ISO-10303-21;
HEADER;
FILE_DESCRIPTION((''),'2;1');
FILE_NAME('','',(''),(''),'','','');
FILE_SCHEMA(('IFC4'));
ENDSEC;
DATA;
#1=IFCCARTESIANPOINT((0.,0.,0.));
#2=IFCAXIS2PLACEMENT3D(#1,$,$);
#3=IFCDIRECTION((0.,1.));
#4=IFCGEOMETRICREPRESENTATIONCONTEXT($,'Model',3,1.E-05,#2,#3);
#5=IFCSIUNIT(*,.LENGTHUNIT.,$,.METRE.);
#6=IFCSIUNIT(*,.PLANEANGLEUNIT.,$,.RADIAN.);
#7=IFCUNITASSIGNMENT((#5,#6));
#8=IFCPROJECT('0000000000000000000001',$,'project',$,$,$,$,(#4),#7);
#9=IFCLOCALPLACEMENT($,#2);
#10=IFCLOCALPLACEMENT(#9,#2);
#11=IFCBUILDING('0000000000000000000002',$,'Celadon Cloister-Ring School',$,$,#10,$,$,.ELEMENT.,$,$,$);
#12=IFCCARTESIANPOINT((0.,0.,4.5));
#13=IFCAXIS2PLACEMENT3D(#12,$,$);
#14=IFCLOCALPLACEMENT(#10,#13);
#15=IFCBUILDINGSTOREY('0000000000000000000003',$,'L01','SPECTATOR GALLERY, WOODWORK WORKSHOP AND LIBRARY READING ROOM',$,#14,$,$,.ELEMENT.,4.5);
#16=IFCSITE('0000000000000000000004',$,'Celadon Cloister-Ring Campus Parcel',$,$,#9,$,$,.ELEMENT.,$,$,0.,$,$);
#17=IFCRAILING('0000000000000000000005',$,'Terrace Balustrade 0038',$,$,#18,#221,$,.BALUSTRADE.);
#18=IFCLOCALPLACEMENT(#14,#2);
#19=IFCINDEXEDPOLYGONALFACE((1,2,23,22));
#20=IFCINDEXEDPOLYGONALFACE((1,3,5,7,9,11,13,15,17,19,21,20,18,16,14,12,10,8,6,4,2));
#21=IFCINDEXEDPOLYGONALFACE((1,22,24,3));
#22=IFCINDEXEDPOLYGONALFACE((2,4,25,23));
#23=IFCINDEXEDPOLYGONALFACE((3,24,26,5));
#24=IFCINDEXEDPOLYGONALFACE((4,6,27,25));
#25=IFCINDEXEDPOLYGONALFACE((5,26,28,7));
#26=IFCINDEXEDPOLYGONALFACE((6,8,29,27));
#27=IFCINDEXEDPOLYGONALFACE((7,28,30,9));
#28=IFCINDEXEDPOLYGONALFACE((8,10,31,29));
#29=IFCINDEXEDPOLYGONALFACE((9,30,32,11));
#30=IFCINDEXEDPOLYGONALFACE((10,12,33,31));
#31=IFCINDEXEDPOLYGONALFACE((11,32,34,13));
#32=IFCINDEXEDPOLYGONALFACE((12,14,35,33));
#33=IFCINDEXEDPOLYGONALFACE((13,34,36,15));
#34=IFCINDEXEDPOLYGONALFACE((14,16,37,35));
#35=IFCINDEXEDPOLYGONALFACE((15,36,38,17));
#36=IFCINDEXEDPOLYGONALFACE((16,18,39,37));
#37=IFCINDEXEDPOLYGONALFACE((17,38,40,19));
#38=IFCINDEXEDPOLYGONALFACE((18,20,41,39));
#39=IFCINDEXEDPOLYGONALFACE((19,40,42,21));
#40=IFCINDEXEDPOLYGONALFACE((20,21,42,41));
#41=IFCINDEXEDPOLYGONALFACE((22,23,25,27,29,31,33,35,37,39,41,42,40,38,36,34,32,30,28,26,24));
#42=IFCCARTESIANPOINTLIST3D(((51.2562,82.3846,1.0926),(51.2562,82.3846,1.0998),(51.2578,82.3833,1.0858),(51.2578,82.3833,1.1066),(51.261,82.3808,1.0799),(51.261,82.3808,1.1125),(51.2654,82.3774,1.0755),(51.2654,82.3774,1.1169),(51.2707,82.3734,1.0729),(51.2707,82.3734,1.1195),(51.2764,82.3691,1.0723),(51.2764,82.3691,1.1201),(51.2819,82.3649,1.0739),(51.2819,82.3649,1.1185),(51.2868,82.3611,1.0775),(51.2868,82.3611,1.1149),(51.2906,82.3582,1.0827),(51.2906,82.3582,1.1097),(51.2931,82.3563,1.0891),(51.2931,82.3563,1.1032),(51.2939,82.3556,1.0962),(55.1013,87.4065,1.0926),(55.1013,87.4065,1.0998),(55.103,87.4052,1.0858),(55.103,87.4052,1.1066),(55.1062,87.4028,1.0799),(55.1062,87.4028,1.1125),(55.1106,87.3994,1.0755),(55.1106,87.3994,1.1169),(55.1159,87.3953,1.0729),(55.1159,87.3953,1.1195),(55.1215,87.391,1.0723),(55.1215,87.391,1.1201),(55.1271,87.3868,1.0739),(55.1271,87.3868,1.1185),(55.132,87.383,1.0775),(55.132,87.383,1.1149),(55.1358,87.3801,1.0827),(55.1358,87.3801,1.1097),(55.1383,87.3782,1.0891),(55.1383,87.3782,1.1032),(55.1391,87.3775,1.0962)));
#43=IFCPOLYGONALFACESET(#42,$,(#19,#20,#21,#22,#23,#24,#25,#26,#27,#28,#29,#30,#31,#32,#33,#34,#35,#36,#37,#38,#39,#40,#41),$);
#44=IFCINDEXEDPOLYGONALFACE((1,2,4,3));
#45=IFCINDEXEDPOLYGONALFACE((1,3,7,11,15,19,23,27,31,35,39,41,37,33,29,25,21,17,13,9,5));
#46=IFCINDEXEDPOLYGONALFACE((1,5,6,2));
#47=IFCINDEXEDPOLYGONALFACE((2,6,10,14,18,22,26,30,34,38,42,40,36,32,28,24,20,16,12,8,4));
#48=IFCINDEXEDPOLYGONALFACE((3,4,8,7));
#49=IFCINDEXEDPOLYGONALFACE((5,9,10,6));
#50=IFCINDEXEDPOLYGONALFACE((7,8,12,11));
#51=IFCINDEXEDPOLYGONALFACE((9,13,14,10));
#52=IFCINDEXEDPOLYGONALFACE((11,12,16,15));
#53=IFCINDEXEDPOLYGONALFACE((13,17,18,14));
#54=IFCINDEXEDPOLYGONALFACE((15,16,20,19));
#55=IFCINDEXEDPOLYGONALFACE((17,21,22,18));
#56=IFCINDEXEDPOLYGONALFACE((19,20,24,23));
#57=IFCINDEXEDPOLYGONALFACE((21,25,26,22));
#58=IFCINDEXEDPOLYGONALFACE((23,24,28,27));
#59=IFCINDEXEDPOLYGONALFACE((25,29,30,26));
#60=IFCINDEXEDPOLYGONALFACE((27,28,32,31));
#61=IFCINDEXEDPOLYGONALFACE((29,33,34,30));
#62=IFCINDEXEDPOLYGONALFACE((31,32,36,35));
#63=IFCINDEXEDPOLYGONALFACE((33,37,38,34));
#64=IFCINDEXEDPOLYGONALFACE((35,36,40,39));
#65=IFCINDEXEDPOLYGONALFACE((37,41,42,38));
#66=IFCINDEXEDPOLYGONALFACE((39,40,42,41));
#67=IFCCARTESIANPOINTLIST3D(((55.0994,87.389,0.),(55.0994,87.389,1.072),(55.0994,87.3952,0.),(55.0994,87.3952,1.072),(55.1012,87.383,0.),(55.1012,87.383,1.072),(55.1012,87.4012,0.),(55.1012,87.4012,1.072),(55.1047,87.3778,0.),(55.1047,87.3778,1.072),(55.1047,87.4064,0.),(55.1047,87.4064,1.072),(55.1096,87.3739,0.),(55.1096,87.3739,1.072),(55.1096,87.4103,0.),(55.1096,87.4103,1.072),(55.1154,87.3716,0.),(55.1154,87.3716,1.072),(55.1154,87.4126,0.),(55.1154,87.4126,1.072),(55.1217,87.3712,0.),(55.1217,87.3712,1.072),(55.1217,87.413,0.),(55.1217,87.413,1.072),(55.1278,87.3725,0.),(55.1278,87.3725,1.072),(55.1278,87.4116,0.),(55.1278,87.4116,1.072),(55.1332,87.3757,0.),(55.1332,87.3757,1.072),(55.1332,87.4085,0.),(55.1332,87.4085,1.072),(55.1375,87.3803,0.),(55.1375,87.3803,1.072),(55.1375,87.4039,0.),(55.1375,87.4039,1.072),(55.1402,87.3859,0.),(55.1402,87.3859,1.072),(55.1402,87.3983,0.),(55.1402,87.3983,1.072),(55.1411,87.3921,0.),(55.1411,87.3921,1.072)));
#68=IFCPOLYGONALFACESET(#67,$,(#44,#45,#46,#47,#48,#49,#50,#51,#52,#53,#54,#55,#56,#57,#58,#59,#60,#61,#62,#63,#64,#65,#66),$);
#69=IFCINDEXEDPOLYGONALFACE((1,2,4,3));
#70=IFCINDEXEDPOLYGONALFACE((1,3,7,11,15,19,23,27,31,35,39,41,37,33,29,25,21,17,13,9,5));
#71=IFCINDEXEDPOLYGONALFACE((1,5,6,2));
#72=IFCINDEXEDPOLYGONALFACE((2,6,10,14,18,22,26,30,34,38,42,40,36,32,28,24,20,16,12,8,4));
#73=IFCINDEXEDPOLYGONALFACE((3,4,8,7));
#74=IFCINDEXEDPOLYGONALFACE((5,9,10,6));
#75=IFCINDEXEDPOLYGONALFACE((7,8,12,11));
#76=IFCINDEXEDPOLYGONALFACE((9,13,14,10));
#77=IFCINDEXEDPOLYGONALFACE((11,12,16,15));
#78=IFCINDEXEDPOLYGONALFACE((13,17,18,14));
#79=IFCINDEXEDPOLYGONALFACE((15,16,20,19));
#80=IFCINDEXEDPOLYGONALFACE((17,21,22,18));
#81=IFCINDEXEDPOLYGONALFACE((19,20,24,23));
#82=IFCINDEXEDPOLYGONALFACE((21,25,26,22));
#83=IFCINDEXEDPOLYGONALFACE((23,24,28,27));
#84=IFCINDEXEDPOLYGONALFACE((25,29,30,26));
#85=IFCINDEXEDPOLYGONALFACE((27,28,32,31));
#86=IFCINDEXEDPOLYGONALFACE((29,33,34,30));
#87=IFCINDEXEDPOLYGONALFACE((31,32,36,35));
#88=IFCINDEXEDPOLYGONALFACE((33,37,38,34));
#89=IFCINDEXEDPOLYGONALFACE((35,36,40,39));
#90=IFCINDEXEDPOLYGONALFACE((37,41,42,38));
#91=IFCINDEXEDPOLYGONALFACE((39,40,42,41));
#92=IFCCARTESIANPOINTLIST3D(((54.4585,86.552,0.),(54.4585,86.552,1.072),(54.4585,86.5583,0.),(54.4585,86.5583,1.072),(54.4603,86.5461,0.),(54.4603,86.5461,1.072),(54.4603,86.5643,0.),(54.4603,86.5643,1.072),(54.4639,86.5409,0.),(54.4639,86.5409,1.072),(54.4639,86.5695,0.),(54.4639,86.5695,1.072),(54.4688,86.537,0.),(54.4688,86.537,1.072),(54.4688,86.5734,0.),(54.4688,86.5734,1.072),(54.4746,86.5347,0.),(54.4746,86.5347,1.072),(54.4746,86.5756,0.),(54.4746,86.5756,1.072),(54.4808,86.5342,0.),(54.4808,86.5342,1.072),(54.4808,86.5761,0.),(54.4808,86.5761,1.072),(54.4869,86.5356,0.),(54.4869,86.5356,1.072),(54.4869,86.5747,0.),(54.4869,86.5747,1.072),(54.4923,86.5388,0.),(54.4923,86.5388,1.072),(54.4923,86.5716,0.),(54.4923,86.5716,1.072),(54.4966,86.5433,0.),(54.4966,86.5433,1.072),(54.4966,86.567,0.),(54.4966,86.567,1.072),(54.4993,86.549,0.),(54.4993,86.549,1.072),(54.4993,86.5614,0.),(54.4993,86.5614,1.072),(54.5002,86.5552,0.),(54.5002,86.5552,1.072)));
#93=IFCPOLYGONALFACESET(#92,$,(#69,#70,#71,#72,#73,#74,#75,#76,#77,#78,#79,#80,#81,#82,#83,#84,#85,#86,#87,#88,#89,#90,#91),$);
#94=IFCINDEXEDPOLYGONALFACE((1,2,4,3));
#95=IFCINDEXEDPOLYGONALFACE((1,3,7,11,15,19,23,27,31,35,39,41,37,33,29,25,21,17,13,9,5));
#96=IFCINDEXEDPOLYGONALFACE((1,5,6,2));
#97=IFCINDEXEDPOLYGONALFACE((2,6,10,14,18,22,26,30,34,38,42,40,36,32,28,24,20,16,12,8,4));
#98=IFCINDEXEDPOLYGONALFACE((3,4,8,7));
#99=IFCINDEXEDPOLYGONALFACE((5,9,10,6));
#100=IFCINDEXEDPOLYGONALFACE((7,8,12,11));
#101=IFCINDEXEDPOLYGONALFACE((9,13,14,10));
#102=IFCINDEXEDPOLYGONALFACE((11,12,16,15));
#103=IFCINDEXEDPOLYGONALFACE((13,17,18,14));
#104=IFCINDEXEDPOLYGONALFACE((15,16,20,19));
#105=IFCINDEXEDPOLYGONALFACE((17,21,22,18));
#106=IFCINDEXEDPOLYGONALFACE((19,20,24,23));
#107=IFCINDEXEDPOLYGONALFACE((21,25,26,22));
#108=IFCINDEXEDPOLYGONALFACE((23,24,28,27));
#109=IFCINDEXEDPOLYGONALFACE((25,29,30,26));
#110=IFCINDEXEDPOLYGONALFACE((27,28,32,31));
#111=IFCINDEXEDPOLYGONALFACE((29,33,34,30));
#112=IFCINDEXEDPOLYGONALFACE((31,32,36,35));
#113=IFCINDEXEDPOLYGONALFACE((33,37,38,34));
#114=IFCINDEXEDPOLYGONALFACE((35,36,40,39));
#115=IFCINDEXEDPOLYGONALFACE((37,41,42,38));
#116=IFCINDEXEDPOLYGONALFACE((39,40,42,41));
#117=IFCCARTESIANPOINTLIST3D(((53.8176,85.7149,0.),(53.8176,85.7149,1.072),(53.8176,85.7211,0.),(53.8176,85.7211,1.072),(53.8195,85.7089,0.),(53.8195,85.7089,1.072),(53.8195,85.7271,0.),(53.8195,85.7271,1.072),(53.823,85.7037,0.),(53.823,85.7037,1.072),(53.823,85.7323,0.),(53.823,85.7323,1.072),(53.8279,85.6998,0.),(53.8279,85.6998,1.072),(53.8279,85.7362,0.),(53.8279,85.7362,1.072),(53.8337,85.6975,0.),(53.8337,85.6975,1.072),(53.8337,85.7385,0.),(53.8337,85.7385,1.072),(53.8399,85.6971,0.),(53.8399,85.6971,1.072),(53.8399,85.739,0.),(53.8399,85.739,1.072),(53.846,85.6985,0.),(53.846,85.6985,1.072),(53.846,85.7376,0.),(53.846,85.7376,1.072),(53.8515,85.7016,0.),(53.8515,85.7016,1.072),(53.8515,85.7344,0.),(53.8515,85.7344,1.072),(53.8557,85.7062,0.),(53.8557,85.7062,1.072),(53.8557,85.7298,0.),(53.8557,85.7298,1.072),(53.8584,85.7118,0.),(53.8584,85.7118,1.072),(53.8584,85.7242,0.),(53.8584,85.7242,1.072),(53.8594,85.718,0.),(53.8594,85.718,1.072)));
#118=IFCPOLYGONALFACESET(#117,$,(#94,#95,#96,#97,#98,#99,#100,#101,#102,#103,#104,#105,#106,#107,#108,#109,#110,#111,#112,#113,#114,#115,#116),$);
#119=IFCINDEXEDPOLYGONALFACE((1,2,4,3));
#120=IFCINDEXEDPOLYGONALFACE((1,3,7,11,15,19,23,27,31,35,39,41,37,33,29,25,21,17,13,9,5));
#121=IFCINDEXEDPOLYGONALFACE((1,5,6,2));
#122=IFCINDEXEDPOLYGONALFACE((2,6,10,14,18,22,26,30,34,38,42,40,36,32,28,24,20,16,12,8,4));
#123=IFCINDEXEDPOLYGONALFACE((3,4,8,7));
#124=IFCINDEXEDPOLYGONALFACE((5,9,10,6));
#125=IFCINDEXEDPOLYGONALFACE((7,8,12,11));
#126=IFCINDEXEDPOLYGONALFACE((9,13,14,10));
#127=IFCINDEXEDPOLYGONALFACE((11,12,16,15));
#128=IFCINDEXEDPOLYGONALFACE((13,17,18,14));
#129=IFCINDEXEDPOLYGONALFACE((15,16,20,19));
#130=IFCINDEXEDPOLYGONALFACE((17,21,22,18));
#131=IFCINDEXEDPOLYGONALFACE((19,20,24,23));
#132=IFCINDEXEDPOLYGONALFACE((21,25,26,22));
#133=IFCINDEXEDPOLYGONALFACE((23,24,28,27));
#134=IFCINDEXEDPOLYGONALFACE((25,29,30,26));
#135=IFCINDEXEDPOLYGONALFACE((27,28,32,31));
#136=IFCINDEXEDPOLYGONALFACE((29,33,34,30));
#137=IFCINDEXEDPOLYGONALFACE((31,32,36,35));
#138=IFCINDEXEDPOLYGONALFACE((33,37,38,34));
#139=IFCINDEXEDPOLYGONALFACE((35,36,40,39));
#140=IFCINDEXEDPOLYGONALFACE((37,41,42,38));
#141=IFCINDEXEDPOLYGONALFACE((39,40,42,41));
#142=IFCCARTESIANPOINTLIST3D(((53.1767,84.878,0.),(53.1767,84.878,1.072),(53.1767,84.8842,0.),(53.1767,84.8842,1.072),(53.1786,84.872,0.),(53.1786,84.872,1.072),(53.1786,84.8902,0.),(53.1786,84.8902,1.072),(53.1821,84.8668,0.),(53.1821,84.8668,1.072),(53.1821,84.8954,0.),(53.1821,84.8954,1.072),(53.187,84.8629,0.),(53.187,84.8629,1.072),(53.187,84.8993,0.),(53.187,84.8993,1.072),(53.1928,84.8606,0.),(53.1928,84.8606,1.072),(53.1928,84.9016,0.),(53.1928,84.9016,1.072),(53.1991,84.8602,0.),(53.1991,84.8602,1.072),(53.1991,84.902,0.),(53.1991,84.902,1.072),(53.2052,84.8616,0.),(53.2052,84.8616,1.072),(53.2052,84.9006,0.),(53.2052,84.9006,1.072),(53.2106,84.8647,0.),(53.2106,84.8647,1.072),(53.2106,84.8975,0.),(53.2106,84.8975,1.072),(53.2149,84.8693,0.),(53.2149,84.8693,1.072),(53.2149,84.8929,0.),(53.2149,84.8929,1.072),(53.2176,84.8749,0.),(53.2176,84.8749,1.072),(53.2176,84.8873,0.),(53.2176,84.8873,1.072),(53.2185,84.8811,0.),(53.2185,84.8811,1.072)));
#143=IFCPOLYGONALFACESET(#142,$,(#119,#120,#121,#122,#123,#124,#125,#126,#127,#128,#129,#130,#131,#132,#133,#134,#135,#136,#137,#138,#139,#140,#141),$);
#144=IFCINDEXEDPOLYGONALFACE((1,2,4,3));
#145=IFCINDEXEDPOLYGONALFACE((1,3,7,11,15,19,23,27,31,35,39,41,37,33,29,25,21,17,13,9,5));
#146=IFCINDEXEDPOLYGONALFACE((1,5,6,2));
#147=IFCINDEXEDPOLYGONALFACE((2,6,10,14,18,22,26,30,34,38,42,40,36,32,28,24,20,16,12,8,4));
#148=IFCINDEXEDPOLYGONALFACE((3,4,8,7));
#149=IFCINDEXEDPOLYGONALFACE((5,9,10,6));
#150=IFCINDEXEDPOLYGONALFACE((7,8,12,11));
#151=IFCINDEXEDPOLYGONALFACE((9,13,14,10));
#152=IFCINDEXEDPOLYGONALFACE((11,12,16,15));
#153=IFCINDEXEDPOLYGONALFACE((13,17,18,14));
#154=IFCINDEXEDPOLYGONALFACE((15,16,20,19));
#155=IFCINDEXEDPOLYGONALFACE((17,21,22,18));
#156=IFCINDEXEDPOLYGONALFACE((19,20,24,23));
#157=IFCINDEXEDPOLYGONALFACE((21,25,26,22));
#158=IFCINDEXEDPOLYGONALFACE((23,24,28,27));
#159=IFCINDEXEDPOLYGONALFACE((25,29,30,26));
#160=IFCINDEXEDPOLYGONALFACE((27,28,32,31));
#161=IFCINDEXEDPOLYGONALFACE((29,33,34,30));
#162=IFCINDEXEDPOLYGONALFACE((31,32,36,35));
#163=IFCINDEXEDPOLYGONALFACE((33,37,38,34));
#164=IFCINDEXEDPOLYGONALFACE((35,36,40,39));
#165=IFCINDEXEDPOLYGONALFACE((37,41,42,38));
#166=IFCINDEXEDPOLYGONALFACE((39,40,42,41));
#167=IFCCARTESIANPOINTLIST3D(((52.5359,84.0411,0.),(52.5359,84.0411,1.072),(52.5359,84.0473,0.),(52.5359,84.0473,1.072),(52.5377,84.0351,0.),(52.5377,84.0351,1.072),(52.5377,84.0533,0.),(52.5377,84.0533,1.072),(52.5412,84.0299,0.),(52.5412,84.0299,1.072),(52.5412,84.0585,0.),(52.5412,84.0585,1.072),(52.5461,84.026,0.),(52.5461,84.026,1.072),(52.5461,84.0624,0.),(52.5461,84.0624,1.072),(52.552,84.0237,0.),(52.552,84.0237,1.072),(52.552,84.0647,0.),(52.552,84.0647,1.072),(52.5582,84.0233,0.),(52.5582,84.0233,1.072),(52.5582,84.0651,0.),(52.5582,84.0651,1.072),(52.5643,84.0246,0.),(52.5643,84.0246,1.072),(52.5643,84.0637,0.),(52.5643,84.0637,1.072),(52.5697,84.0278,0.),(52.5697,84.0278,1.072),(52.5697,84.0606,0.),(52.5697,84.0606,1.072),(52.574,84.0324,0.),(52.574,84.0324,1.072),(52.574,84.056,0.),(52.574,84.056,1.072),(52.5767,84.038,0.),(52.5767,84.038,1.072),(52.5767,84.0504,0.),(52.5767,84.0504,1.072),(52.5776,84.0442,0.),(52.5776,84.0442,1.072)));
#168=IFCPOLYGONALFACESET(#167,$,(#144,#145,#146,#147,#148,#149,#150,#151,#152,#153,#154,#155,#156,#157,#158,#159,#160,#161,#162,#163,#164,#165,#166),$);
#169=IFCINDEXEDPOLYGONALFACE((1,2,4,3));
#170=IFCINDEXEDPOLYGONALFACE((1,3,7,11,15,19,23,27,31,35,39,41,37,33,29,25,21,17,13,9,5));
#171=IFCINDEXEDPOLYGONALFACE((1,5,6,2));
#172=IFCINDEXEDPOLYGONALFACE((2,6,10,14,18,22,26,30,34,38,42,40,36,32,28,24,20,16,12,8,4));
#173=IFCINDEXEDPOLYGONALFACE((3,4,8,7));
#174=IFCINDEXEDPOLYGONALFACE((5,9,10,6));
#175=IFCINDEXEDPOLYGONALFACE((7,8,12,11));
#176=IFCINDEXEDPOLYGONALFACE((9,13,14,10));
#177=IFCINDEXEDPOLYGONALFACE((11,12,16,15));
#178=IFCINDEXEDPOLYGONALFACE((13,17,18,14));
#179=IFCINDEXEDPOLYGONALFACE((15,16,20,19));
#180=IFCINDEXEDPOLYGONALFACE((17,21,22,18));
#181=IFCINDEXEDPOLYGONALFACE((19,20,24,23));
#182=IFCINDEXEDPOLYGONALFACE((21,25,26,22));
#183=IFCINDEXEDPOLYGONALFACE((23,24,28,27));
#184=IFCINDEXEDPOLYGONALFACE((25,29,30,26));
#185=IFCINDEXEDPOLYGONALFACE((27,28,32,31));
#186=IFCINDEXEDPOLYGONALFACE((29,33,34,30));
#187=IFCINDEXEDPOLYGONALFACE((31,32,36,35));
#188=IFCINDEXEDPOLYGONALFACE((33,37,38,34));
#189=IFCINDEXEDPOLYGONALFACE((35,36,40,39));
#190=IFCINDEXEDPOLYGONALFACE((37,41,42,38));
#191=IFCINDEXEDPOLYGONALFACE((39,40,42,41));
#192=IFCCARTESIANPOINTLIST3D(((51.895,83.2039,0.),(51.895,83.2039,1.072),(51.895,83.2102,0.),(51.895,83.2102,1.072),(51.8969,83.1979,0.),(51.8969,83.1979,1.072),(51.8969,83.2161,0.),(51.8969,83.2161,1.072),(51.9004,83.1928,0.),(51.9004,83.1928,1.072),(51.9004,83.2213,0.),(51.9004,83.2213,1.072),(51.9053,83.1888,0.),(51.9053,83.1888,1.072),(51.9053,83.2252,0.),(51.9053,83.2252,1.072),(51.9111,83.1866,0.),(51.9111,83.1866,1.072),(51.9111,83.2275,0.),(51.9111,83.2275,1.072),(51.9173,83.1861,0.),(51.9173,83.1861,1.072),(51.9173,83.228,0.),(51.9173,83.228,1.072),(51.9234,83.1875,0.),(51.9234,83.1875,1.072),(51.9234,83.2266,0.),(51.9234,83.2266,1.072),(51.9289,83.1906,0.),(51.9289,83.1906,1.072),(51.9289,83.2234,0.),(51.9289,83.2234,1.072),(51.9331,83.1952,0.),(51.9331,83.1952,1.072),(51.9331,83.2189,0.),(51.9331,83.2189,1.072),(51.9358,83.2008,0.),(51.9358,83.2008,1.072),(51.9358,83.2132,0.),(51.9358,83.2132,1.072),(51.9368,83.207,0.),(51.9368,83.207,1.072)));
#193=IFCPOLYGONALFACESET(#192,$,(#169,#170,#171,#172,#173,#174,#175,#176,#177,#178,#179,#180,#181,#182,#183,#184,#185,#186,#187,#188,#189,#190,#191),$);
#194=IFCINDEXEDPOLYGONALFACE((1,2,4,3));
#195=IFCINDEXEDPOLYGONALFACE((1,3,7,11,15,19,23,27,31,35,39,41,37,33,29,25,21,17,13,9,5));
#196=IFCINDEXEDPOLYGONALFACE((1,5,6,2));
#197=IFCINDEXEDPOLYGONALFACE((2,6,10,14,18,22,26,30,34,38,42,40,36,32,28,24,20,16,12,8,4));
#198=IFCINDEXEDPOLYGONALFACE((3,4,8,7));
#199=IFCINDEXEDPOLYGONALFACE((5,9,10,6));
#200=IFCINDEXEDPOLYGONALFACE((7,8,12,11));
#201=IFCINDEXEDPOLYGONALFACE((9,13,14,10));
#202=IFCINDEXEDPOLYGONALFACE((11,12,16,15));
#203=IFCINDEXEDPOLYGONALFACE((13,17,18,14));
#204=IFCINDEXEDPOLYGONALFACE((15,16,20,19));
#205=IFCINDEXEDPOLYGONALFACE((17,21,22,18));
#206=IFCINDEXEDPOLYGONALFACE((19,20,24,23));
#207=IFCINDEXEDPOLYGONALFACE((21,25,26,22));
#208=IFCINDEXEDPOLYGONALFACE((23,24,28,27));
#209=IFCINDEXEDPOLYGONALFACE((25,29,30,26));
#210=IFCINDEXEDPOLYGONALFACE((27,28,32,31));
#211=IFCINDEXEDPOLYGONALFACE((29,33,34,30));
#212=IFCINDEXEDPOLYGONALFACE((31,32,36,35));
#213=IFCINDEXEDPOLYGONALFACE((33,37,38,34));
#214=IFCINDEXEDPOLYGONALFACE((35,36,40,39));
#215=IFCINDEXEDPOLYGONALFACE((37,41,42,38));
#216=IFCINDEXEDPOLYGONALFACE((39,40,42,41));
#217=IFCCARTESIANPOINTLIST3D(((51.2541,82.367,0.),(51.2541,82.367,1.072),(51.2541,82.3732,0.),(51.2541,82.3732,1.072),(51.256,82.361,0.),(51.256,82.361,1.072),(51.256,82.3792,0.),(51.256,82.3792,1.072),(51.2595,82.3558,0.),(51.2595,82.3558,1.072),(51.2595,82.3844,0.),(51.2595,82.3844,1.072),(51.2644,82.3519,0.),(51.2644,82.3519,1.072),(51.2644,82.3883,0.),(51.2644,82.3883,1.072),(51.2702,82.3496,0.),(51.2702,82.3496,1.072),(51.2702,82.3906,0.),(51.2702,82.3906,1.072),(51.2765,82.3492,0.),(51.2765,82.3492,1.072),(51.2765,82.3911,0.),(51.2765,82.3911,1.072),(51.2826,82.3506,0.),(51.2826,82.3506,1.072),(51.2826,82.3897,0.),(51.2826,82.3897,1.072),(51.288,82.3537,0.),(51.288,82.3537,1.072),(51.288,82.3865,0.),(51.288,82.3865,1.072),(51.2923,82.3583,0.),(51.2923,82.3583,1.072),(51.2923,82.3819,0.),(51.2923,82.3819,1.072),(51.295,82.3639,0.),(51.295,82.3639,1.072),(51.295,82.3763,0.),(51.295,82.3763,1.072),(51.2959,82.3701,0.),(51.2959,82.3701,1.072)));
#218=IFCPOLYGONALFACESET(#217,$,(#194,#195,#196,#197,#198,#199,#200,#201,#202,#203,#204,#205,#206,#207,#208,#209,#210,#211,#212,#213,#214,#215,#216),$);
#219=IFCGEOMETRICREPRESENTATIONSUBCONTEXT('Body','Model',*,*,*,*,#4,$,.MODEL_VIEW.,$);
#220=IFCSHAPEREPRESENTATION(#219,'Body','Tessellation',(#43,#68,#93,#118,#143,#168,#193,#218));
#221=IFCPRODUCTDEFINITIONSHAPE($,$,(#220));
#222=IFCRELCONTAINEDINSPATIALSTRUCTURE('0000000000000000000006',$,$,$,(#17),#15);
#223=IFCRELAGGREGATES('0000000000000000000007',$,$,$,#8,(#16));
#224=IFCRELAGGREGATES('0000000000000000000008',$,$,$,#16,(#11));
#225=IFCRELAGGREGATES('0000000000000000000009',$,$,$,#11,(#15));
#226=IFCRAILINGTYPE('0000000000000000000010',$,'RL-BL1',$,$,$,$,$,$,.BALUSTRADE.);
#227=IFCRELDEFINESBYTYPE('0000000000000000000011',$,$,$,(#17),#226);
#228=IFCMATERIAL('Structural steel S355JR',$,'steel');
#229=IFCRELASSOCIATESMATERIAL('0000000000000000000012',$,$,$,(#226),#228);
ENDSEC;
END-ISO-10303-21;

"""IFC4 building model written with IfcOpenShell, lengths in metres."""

from ifc_helpers import new_model, si_unit, direction, frame, origin, origin_2d, place, context, subcontext, project, spatial, circle, extrude, material, type_object, element, save


model = new_model("IFC4")

# Units and contexts
model_context = context("Model", 3, precision=1e-05, world=origin(), true_north=direction((0.0, 1.0)))
body_context = subcontext(model_context, "Body", "Model", "MODEL_VIEW")
ifc_project = project(units=[si_unit("LENGTHUNIT", "METRE"), si_unit("PLANEANGLEUNIT", "RADIAN")], contexts=[model_context])

# Site, building, storey
site_placement = place(None, origin())
site = spatial("IfcSite", under=ifc_project, at=site_placement, Name="Celadon Cloister-Ring Campus Parcel", CompositionType="ELEMENT", RefElevation=0.0)
building_placement = place(site_placement, origin())
building = spatial("IfcBuilding", under=site, at=building_placement, Name="Celadon Cloister-Ring School", CompositionType="ELEMENT")
storey_placement = place(building_placement, frame((0.0, 0.0, 4.5)))
storey = spatial("IfcBuildingStorey", under=building, at=storey_placement, Name="L01", Description="SPECTATOR GALLERY, WOODWORK WORKSHOP AND LIBRARY READING ROOM", CompositionType="ELEMENT", Elevation=4.5)

# Railing
ifc_material_1 = material(Name="Structural steel S355JR", Category="steel")
railing_type = type_object("IfcRailingType", Name="RL-BL1", PredefinedType="BALUSTRADE", material=ifc_material_1)
railing_placement = place(storey_placement, frame((55.1201, 87.3921, 0.0)))
element("IfcRailing", 1, at=railing_placement, inside=storey, type_object=railing_type, Name="Terrace Balustrade 0038", PredefinedType="BALUSTRADE", context=body_context, shape_type="SweptSolid", body=[
    extrude(circle(Radius=0.0239, at=origin_2d()), frame((0.0, 0.0, 1.0962), z_axis=(-0.607937, -0.793985, 0.0), x_axis=(0.793985, -0.607937, 0.0)), (0.0, 0.0, 1.0), 6.325),
    extrude(circle(Radius=0.021, at=origin_2d()), origin(), (0.0, 0.0, 1.0), 1.072),
    extrude(circle(Radius=0.021, at=origin_2d()), frame((-0.6409, -0.8369, 0.0)), (0.0, 0.0, 1.0), 1.072),
    extrude(circle(Radius=0.021, at=origin_2d()), frame((-1.2817, -1.6741, 0.0)), (0.0, 0.0, 1.0), 1.072),
    extrude(circle(Radius=0.021, at=origin_2d()), frame((-1.9226, -2.511, 0.0)), (0.0, 0.0, 1.0), 1.072),
    extrude(circle(Radius=0.021, at=origin_2d()), frame((-2.5635, -3.3479, 0.0)), (0.0, 0.0, 1.0), 1.072),
    extrude(circle(Radius=0.021, at=origin_2d()), frame((-3.2043, -4.1851, 0.0)), (0.0, 0.0, 1.0), 1.072),
    extrude(circle(Radius=0.021, at=origin_2d()), frame((-3.8452, -5.022, 0.0)), (0.0, 0.0, 1.0), 1.072),
])

save(model, "model.ifc")
